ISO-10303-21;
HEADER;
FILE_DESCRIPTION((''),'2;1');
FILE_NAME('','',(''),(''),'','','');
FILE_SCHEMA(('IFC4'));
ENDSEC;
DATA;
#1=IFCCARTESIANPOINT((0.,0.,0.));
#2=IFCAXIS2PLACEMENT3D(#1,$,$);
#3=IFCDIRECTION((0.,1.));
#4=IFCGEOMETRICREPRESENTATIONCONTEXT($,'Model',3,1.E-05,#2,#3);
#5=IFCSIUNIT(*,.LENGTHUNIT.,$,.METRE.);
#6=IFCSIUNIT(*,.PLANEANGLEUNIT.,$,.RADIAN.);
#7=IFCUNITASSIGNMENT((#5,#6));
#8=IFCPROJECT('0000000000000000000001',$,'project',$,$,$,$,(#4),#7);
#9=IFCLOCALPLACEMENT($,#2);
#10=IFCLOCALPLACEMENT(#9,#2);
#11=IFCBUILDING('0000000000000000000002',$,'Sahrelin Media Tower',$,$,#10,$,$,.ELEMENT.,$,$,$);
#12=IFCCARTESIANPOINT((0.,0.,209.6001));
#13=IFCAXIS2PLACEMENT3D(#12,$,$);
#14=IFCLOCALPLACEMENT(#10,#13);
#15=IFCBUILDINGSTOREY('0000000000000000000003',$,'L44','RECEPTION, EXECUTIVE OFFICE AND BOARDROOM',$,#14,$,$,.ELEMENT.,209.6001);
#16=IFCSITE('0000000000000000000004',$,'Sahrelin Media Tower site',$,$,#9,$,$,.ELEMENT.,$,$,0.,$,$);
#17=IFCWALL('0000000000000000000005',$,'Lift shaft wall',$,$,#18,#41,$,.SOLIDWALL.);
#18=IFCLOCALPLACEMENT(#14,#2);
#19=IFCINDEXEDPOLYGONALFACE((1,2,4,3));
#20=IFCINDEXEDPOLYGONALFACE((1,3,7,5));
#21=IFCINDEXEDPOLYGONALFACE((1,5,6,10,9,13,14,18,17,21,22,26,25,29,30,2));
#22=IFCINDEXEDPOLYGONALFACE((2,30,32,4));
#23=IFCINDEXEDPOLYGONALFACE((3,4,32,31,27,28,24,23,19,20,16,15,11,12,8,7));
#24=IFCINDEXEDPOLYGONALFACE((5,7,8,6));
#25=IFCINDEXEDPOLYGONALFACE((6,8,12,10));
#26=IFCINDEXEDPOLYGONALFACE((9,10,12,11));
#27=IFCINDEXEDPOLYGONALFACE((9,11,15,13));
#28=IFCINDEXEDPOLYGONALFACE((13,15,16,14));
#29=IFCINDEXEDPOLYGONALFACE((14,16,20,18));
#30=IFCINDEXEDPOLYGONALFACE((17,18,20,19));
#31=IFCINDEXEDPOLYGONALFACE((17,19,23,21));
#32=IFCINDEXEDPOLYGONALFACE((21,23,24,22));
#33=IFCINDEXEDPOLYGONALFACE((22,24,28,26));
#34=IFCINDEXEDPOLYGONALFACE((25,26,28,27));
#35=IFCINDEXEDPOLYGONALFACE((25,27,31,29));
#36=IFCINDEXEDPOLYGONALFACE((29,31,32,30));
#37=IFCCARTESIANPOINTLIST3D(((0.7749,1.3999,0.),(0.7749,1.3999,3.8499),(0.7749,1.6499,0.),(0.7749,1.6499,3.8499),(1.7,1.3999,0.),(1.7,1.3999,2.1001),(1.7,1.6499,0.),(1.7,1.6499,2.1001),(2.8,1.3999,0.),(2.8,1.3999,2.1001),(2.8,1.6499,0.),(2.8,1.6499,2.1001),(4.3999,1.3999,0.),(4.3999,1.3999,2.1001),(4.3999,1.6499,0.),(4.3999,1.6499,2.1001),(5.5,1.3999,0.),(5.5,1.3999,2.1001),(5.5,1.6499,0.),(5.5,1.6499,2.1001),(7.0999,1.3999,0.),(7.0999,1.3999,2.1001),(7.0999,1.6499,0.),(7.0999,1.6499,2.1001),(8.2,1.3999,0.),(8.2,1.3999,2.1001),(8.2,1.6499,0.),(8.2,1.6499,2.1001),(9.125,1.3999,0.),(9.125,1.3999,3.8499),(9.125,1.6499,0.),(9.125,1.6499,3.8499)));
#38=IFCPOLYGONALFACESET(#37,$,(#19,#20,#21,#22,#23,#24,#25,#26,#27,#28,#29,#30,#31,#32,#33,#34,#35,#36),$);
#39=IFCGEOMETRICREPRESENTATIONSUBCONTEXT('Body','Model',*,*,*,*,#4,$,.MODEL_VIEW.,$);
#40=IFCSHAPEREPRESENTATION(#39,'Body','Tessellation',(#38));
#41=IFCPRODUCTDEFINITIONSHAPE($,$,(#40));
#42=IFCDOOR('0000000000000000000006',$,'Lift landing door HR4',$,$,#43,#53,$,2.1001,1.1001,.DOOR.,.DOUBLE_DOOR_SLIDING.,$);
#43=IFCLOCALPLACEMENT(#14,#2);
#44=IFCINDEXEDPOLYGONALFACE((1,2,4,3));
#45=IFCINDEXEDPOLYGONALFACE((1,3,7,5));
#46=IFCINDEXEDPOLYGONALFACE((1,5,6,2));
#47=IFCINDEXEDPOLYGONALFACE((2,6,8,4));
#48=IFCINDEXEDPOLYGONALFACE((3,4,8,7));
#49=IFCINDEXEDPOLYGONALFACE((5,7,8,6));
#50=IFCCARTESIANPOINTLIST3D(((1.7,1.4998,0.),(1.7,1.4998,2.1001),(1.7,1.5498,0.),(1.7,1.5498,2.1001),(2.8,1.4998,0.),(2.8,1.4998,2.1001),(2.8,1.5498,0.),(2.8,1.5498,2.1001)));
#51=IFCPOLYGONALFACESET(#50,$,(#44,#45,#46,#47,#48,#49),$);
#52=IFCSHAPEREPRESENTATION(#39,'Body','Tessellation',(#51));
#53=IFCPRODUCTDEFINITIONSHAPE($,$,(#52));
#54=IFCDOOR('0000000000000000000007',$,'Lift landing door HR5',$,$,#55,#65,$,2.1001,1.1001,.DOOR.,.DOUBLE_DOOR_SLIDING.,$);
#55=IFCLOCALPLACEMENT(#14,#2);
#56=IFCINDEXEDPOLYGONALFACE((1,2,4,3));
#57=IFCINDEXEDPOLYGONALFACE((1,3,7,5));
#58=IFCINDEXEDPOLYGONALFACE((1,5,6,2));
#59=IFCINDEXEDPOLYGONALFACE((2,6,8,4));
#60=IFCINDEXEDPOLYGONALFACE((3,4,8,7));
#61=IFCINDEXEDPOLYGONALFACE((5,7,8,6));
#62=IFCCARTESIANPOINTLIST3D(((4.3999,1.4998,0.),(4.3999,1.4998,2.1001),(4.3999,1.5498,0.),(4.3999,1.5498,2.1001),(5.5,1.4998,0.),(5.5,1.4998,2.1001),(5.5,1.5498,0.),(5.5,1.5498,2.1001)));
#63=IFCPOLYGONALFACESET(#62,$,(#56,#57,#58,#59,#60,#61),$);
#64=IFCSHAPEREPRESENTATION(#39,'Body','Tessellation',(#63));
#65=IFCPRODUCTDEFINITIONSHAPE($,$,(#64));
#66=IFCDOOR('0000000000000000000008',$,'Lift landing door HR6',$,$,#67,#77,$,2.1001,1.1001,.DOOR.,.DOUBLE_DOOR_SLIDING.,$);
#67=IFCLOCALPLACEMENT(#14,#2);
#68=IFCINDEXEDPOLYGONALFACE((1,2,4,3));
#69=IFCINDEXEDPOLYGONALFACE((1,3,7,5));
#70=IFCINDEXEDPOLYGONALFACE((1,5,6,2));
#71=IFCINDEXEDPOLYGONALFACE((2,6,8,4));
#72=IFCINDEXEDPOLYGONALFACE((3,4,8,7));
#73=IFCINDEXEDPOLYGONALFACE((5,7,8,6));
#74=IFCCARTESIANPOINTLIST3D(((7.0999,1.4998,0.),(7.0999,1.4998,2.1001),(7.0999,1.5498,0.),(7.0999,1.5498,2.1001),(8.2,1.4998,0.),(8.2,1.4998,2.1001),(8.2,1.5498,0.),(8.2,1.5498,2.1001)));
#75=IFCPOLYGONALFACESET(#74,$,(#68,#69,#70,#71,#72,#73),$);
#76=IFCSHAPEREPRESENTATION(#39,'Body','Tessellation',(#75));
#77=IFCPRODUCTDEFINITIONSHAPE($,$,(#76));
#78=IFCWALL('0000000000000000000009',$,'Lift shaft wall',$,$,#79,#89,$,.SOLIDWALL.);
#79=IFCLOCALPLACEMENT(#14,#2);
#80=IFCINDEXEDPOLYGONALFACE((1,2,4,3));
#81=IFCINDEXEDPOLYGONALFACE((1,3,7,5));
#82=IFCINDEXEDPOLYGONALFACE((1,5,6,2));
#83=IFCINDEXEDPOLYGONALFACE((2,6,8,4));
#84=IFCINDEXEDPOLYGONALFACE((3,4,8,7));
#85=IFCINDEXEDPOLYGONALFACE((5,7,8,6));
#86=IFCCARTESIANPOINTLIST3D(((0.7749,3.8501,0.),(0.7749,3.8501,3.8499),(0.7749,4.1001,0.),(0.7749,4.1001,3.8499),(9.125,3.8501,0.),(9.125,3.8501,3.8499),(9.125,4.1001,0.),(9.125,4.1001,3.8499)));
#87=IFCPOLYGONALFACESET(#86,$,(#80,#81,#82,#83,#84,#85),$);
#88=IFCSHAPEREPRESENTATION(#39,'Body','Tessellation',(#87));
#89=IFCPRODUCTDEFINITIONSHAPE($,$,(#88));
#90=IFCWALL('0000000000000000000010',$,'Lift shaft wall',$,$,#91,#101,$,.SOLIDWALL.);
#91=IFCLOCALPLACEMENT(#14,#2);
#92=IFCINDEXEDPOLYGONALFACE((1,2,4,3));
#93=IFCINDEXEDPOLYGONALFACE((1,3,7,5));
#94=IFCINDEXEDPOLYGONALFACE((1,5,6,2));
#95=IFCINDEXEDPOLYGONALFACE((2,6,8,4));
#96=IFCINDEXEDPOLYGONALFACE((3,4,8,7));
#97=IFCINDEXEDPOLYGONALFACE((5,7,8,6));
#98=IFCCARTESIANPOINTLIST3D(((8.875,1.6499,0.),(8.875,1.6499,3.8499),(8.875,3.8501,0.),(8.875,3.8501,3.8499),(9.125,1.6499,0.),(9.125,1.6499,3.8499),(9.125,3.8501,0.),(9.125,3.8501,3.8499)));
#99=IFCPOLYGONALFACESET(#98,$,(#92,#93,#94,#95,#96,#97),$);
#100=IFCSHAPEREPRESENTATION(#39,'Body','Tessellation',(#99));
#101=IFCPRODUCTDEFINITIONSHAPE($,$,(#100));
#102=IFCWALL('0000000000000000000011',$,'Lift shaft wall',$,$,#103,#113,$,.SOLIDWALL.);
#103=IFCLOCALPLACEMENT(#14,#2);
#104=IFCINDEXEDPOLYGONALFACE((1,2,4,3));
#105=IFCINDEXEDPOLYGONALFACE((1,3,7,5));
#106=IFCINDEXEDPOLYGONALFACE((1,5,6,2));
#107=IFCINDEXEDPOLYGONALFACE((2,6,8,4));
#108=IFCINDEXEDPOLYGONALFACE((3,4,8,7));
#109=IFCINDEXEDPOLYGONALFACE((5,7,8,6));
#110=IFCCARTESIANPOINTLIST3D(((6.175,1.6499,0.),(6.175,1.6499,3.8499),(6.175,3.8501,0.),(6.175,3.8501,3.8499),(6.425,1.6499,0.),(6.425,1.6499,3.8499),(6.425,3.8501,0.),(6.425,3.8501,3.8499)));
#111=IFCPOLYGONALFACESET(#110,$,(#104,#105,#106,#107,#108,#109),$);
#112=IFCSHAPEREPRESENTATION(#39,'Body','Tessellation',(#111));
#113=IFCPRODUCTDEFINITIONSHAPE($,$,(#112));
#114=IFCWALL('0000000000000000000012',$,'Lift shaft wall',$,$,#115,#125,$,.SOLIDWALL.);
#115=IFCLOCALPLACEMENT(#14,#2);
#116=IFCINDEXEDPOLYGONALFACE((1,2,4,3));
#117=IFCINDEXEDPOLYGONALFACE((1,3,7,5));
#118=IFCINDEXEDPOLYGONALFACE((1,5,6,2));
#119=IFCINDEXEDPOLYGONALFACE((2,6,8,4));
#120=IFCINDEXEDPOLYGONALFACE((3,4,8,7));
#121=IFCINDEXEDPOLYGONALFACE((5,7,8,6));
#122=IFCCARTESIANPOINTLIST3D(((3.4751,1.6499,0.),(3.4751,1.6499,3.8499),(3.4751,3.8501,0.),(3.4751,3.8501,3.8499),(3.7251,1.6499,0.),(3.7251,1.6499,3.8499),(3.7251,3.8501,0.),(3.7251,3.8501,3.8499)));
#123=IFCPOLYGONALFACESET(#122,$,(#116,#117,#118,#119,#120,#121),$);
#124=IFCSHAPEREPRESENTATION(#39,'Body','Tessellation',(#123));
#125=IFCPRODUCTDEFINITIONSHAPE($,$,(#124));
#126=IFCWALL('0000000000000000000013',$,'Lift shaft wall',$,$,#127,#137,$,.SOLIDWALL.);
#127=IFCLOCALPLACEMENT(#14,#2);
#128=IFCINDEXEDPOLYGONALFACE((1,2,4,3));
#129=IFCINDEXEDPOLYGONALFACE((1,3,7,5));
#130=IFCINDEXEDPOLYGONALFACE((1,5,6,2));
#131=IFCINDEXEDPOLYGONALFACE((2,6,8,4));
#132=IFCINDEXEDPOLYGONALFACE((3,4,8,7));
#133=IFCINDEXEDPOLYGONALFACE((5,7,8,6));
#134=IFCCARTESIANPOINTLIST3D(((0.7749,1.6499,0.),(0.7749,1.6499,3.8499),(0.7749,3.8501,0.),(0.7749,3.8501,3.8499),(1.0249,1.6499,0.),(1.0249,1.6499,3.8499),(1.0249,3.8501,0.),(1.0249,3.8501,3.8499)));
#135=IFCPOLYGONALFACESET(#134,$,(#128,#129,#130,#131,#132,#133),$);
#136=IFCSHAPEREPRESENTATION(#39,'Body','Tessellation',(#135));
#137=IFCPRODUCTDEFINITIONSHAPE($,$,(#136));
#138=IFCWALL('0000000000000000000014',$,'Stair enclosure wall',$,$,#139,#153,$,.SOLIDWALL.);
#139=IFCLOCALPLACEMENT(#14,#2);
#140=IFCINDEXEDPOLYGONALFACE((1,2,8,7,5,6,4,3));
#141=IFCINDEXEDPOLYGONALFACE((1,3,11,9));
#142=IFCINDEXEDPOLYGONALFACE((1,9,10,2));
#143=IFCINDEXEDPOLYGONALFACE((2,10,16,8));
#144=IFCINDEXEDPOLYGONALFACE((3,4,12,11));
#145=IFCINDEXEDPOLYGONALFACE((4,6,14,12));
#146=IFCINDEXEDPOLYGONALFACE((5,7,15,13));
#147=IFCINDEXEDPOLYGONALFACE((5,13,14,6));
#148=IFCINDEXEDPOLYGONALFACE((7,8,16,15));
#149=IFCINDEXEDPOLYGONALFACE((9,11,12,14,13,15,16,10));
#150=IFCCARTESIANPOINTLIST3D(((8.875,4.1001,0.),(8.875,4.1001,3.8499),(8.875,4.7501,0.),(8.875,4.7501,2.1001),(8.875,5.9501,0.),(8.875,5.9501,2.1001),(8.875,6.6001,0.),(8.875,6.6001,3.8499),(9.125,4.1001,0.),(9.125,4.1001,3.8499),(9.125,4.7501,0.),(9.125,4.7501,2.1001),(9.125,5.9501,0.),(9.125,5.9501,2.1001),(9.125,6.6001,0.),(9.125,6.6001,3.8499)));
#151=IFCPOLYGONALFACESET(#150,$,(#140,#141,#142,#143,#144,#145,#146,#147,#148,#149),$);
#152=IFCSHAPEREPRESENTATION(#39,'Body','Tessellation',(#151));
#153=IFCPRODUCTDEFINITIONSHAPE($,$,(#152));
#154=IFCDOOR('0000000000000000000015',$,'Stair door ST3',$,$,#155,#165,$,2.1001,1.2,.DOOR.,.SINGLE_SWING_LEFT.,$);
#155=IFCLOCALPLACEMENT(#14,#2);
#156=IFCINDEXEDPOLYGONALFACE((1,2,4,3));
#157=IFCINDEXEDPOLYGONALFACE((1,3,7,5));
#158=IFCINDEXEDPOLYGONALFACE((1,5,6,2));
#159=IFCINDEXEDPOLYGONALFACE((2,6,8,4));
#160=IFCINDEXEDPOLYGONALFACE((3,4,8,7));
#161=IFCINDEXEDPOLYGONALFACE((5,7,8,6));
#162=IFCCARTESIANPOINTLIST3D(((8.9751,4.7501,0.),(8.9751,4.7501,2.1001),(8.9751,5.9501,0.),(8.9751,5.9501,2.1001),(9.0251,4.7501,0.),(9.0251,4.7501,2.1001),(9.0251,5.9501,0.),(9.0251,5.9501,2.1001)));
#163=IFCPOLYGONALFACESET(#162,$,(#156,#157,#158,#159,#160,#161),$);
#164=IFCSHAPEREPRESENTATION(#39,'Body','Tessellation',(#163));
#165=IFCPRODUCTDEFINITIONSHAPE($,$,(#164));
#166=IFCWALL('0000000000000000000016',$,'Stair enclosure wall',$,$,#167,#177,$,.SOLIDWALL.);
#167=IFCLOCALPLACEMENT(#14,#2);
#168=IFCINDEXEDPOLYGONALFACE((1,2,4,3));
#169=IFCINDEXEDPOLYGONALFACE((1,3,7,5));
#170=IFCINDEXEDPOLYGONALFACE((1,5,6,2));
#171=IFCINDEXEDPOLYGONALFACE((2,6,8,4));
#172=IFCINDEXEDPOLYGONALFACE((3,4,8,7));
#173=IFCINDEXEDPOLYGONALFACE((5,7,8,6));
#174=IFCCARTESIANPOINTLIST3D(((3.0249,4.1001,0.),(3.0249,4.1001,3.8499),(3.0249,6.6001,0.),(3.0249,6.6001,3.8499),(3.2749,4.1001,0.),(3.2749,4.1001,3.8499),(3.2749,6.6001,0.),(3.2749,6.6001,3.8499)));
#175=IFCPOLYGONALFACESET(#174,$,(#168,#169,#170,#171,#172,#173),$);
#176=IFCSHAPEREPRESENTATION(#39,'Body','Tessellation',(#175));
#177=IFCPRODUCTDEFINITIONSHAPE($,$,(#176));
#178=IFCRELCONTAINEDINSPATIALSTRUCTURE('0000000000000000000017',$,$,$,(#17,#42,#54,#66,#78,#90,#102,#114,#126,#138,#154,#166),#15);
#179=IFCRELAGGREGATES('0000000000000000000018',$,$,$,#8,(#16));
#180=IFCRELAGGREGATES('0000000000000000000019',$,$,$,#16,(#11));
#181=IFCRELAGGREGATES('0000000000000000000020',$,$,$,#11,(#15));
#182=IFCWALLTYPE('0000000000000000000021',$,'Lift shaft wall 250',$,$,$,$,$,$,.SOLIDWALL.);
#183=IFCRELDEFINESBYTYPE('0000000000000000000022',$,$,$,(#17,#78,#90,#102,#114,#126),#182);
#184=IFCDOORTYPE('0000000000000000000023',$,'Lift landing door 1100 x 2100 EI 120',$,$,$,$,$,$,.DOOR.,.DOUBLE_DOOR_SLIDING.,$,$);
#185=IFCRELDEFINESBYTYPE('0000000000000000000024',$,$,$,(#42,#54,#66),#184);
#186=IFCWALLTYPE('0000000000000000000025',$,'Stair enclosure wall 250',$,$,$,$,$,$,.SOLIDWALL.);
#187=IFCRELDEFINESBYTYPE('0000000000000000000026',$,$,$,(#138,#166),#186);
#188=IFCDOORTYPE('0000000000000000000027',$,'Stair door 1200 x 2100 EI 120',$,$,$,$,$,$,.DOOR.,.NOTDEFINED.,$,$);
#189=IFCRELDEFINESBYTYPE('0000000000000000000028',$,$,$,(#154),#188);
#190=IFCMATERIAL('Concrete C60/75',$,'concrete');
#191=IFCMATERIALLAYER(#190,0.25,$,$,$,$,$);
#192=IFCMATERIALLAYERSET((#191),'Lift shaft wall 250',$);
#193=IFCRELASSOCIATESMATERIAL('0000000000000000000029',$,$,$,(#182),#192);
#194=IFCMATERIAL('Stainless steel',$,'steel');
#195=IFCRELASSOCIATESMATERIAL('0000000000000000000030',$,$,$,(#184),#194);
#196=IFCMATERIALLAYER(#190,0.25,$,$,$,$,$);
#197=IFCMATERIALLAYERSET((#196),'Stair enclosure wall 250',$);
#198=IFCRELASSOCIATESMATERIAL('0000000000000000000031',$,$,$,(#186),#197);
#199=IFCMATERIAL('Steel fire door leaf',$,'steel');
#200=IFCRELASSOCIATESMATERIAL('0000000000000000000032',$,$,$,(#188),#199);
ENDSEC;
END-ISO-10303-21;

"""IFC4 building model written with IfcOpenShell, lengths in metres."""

from ifc_helpers import new_model, si_unit, direction, frame, frame_2d, origin, place, context, subcontext, project, spatial, rectangle, extrude, material, layer, layer_set, type_object, element, fill, save


model = new_model("IFC4")

# Units and contexts
model_context = context("Model", 3, precision=1e-05, world=origin(), true_north=direction((0.0, 1.0)))
body_context = subcontext(model_context, "Body", "Model", "MODEL_VIEW")
ifc_project = project(units=[si_unit("LENGTHUNIT", "METRE"), si_unit("PLANEANGLEUNIT", "RADIAN")], contexts=[model_context])

# Site, building, storey
site_placement = place(None, origin())
site = spatial("IfcSite", under=ifc_project, at=site_placement, Name="Sahrelin Media Tower site", CompositionType="ELEMENT", RefElevation=0.0)
building_placement = place(site_placement, origin())
building = spatial("IfcBuilding", under=site, at=building_placement, Name="Sahrelin Media Tower", CompositionType="ELEMENT")
storey_placement = place(building_placement, frame((0.0, 0.0, 209.6001)))
storey = spatial("IfcBuildingStorey", under=building, at=storey_placement, Name="L44", Description="RECEPTION, EXECUTIVE OFFICE AND BOARDROOM", CompositionType="ELEMENT", Elevation=209.6001)

# Wall, openings, doors
ifc_material_1 = material(Name="Concrete C60/75", Category="concrete")
ifc_layer_1 = layer(ifc_material_1, 0.25)
ifc_layer_set_1 = layer_set([ifc_layer_1], Name="Lift shaft wall 250")
wall_type_1 = type_object("IfcWallType", Name="Lift shaft wall 250", PredefinedType="SOLIDWALL", material=ifc_layer_set_1)
wall_1_placement = place(storey_placement, frame((0.7749, 1.5249, 0.0), z_axis=(0.0, 0.0, 1.0), x_axis=(1.0, 0.0, 0.0)))
wall_1 = element("IfcWall", 1, at=wall_1_placement, inside=storey, type_object=wall_type_1, Name="Lift shaft wall", PredefinedType="SOLIDWALL", context=body_context, shape_type="SweptSolid", body=[
    extrude(rectangle(XDim=8.3501, YDim=0.25, at=frame_2d((4.175, 0.0))), origin(), (0.0, 0.0, 1.0), 3.8499),
])
opening_1_placement = place(wall_1_placement, frame((0.925, 0.0, 0.0)))
opening_1 = element("IfcOpeningElement", 2, at=opening_1_placement, cuts=wall_1, PredefinedType="OPENING", context=body_context, shape_type="SweptSolid", body=[
    extrude(rectangle(XDim=1.1001, YDim=2.1001, at=frame_2d((0.55, 1.05))), frame((0.0, 0.125, 0.0), z_axis=(0.0, -1.0, 0.0), x_axis=(1.0, 0.0, 0.0)), (0.0, 0.0, 1.0), 0.25),
])
opening_2_placement = place(wall_1_placement, frame((3.625, 0.0, 0.0)))
opening_2 = element("IfcOpeningElement", 3, at=opening_2_placement, cuts=wall_1, PredefinedType="OPENING", context=body_context, shape_type="SweptSolid", body=[
    extrude(rectangle(XDim=1.1001, YDim=2.1001, at=frame_2d((0.55, 1.05))), frame((0.0, 0.125, 0.0), z_axis=(0.0, -1.0, 0.0), x_axis=(1.0, 0.0, 0.0)), (0.0, 0.0, 1.0), 0.25),
])
opening_3_placement = place(wall_1_placement, frame((6.325, 0.0, 0.0)))
opening_3 = element("IfcOpeningElement", 4, at=opening_3_placement, cuts=wall_1, PredefinedType="OPENING", context=body_context, shape_type="SweptSolid", body=[
    extrude(rectangle(XDim=1.1001, YDim=2.1001, at=frame_2d((0.55, 1.05))), frame((0.0, 0.125, 0.0), z_axis=(0.0, -1.0, 0.0), x_axis=(1.0, 0.0, 0.0)), (0.0, 0.0, 1.0), 0.25),
])
ifc_material_2 = material(Name="Stainless steel", Category="steel")
door_type_1 = type_object("IfcDoorType", Name="Lift landing door 1100 x 2100 EI 120", OperationType="DOUBLE_DOOR_SLIDING", PredefinedType="DOOR", material=ifc_material_2)
door_1_placement = place(opening_1_placement, origin())
door_1 = element("IfcDoor", 5, at=door_1_placement, inside=storey, type_object=door_type_1, Name="Lift landing door HR4", OperationType="DOUBLE_DOOR_SLIDING", OverallHeight=2.1001, OverallWidth=1.1001, PredefinedType="DOOR", context=body_context, shape_type="SweptSolid", body=[
    extrude(rectangle(XDim=1.1001, YDim=2.1001, at=frame_2d((0.55, 1.05))), frame((0.0, 0.0249, 0.0), z_axis=(0.0, -1.0, 0.0), x_axis=(1.0, 0.0, 0.0)), (0.0, 0.0, 1.0), 0.05),
])
fill(opening_1, door_1)
door_2_placement = place(opening_2_placement, origin())
door_2 = element("IfcDoor", 6, at=door_2_placement, inside=storey, type_object=door_type_1, Name="Lift landing door HR5", OperationType="DOUBLE_DOOR_SLIDING", OverallHeight=2.1001, OverallWidth=1.1001, PredefinedType="DOOR", context=body_context, shape_type="SweptSolid", body=[
    extrude(rectangle(XDim=1.1001, YDim=2.1001, at=frame_2d((0.55, 1.05))), frame((0.0, 0.0249, 0.0), z_axis=(0.0, -1.0, 0.0), x_axis=(1.0, 0.0, 0.0)), (0.0, 0.0, 1.0), 0.05),
])
fill(opening_2, door_2)
door_3_placement = place(opening_3_placement, origin())
door_3 = element("IfcDoor", 7, at=door_3_placement, inside=storey, type_object=door_type_1, Name="Lift landing door HR6", OperationType="DOUBLE_DOOR_SLIDING", OverallHeight=2.1001, OverallWidth=1.1001, PredefinedType="DOOR", context=body_context, shape_type="SweptSolid", body=[
    extrude(rectangle(XDim=1.1001, YDim=2.1001, at=frame_2d((0.55, 1.05))), frame((0.0, 0.0249, 0.0), z_axis=(0.0, -1.0, 0.0), x_axis=(1.0, 0.0, 0.0)), (0.0, 0.0, 1.0), 0.05),
])
fill(opening_3, door_3)

# Walls
wall_2_placement = place(storey_placement, frame((0.7749, 3.9751, 0.0), z_axis=(0.0, 0.0, 1.0), x_axis=(1.0, 0.0, 0.0)))
element("IfcWall", 8, at=wall_2_placement, inside=storey, type_object=wall_type_1, Name="Lift shaft wall", PredefinedType="SOLIDWALL", context=body_context, shape_type="SweptSolid", body=[
    extrude(rectangle(XDim=8.3501, YDim=0.25, at=frame_2d((4.175, 0.0))), origin(), (0.0, 0.0, 1.0), 3.8499),
])
for number, where, z_axis, x_axis, name in (
    (9, (9.0, 1.6499, 0.0), (0.0, 0.0, 1.0), (0.0, 1.0, 0.0), "Lift shaft wall"),
    (10, (6.3, 1.6499, 0.0), (0.0, 0.0, 1.0), (0.0, 1.0, 0.0), "Lift shaft wall"),
    (11, (3.6001, 1.6499, 0.0), (0.0, 0.0, 1.0), (0.0, 1.0, 0.0), "Lift shaft wall"),
    (12, (0.8999, 1.6499, 0.0), (0.0, 0.0, 1.0), (0.0, 1.0, 0.0), "Lift shaft wall"),
):
    element("IfcWall", number, at=place(storey_placement, frame(where, z_axis=z_axis, x_axis=x_axis)), inside=storey, type_object=wall_type_1, Name=name, PredefinedType="SOLIDWALL", context=body_context, shape_type="SweptSolid", body=[
        extrude(rectangle(XDim=2.2002, YDim=0.25, at=frame_2d((1.1001, 0.0))), origin(), (0.0, 0.0, 1.0), 3.8499),
    ])

# Wall, opening, door
ifc_layer_2 = layer(ifc_material_1, 0.25)
ifc_layer_set_2 = layer_set([ifc_layer_2], Name="Stair enclosure wall 250")
wall_type_2 = type_object("IfcWallType", Name="Stair enclosure wall 250", PredefinedType="SOLIDWALL", material=ifc_layer_set_2)
wall_3_placement = place(storey_placement, frame((9.0, 4.1001, 0.0), z_axis=(0.0, 0.0, 1.0), x_axis=(0.0, 1.0, 0.0)))
wall_3 = element("IfcWall", 13, at=wall_3_placement, inside=storey, type_object=wall_type_2, Name="Stair enclosure wall", PredefinedType="SOLIDWALL", context=body_context, shape_type="SweptSolid", body=[
    extrude(rectangle(XDim=2.5, YDim=0.25, at=frame_2d((1.25, 0.0))), origin(), (0.0, 0.0, 1.0), 3.8499),
])
opening_4_placement = place(wall_3_placement, frame((0.6499, 0.0, 0.0)))
opening_4 = element("IfcOpeningElement", 14, at=opening_4_placement, cuts=wall_3, PredefinedType="OPENING", context=body_context, shape_type="SweptSolid", body=[
    extrude(rectangle(XDim=1.2, YDim=2.1001, at=frame_2d((0.6001, 1.05))), frame((0.0, 0.125, 0.0), z_axis=(0.0, -1.0, 0.0), x_axis=(1.0, 0.0, 0.0)), (0.0, 0.0, 1.0), 0.25),
])
ifc_material_3 = material(Name="Steel fire door leaf", Category="steel")
door_type_2 = type_object("IfcDoorType", Name="Stair door 1200 x 2100 EI 120", OperationType="NOTDEFINED", PredefinedType="DOOR", material=ifc_material_3)
door_4_placement = place(opening_4_placement, origin())
door_4 = element("IfcDoor", 15, at=door_4_placement, inside=storey, type_object=door_type_2, Name="Stair door ST3", OperationType="SINGLE_SWING_LEFT", OverallHeight=2.1001, OverallWidth=1.2, PredefinedType="DOOR", context=body_context, shape_type="SweptSolid", body=[
    extrude(rectangle(XDim=1.2, YDim=2.1001, at=frame_2d((0.6001, 1.05))), frame((0.0, 0.0249, 0.0), z_axis=(0.0, -1.0, 0.0), x_axis=(1.0, 0.0, 0.0)), (0.0, 0.0, 1.0), 0.05),
])
fill(opening_4, door_4)

# Wall
wall_4_placement = place(storey_placement, frame((3.1499, 4.1001, 0.0), z_axis=(0.0, 0.0, 1.0), x_axis=(0.0, 1.0, 0.0)))
element("IfcWall", 16, at=wall_4_placement, inside=storey, type_object=wall_type_2, Name="Stair enclosure wall", PredefinedType="SOLIDWALL", context=body_context, shape_type="SweptSolid", body=[
    extrude(rectangle(XDim=2.5, YDim=0.25, at=frame_2d((1.25, 0.0))), origin(), (0.0, 0.0, 1.0), 3.8499),
])

save(model, "model.ifc")
